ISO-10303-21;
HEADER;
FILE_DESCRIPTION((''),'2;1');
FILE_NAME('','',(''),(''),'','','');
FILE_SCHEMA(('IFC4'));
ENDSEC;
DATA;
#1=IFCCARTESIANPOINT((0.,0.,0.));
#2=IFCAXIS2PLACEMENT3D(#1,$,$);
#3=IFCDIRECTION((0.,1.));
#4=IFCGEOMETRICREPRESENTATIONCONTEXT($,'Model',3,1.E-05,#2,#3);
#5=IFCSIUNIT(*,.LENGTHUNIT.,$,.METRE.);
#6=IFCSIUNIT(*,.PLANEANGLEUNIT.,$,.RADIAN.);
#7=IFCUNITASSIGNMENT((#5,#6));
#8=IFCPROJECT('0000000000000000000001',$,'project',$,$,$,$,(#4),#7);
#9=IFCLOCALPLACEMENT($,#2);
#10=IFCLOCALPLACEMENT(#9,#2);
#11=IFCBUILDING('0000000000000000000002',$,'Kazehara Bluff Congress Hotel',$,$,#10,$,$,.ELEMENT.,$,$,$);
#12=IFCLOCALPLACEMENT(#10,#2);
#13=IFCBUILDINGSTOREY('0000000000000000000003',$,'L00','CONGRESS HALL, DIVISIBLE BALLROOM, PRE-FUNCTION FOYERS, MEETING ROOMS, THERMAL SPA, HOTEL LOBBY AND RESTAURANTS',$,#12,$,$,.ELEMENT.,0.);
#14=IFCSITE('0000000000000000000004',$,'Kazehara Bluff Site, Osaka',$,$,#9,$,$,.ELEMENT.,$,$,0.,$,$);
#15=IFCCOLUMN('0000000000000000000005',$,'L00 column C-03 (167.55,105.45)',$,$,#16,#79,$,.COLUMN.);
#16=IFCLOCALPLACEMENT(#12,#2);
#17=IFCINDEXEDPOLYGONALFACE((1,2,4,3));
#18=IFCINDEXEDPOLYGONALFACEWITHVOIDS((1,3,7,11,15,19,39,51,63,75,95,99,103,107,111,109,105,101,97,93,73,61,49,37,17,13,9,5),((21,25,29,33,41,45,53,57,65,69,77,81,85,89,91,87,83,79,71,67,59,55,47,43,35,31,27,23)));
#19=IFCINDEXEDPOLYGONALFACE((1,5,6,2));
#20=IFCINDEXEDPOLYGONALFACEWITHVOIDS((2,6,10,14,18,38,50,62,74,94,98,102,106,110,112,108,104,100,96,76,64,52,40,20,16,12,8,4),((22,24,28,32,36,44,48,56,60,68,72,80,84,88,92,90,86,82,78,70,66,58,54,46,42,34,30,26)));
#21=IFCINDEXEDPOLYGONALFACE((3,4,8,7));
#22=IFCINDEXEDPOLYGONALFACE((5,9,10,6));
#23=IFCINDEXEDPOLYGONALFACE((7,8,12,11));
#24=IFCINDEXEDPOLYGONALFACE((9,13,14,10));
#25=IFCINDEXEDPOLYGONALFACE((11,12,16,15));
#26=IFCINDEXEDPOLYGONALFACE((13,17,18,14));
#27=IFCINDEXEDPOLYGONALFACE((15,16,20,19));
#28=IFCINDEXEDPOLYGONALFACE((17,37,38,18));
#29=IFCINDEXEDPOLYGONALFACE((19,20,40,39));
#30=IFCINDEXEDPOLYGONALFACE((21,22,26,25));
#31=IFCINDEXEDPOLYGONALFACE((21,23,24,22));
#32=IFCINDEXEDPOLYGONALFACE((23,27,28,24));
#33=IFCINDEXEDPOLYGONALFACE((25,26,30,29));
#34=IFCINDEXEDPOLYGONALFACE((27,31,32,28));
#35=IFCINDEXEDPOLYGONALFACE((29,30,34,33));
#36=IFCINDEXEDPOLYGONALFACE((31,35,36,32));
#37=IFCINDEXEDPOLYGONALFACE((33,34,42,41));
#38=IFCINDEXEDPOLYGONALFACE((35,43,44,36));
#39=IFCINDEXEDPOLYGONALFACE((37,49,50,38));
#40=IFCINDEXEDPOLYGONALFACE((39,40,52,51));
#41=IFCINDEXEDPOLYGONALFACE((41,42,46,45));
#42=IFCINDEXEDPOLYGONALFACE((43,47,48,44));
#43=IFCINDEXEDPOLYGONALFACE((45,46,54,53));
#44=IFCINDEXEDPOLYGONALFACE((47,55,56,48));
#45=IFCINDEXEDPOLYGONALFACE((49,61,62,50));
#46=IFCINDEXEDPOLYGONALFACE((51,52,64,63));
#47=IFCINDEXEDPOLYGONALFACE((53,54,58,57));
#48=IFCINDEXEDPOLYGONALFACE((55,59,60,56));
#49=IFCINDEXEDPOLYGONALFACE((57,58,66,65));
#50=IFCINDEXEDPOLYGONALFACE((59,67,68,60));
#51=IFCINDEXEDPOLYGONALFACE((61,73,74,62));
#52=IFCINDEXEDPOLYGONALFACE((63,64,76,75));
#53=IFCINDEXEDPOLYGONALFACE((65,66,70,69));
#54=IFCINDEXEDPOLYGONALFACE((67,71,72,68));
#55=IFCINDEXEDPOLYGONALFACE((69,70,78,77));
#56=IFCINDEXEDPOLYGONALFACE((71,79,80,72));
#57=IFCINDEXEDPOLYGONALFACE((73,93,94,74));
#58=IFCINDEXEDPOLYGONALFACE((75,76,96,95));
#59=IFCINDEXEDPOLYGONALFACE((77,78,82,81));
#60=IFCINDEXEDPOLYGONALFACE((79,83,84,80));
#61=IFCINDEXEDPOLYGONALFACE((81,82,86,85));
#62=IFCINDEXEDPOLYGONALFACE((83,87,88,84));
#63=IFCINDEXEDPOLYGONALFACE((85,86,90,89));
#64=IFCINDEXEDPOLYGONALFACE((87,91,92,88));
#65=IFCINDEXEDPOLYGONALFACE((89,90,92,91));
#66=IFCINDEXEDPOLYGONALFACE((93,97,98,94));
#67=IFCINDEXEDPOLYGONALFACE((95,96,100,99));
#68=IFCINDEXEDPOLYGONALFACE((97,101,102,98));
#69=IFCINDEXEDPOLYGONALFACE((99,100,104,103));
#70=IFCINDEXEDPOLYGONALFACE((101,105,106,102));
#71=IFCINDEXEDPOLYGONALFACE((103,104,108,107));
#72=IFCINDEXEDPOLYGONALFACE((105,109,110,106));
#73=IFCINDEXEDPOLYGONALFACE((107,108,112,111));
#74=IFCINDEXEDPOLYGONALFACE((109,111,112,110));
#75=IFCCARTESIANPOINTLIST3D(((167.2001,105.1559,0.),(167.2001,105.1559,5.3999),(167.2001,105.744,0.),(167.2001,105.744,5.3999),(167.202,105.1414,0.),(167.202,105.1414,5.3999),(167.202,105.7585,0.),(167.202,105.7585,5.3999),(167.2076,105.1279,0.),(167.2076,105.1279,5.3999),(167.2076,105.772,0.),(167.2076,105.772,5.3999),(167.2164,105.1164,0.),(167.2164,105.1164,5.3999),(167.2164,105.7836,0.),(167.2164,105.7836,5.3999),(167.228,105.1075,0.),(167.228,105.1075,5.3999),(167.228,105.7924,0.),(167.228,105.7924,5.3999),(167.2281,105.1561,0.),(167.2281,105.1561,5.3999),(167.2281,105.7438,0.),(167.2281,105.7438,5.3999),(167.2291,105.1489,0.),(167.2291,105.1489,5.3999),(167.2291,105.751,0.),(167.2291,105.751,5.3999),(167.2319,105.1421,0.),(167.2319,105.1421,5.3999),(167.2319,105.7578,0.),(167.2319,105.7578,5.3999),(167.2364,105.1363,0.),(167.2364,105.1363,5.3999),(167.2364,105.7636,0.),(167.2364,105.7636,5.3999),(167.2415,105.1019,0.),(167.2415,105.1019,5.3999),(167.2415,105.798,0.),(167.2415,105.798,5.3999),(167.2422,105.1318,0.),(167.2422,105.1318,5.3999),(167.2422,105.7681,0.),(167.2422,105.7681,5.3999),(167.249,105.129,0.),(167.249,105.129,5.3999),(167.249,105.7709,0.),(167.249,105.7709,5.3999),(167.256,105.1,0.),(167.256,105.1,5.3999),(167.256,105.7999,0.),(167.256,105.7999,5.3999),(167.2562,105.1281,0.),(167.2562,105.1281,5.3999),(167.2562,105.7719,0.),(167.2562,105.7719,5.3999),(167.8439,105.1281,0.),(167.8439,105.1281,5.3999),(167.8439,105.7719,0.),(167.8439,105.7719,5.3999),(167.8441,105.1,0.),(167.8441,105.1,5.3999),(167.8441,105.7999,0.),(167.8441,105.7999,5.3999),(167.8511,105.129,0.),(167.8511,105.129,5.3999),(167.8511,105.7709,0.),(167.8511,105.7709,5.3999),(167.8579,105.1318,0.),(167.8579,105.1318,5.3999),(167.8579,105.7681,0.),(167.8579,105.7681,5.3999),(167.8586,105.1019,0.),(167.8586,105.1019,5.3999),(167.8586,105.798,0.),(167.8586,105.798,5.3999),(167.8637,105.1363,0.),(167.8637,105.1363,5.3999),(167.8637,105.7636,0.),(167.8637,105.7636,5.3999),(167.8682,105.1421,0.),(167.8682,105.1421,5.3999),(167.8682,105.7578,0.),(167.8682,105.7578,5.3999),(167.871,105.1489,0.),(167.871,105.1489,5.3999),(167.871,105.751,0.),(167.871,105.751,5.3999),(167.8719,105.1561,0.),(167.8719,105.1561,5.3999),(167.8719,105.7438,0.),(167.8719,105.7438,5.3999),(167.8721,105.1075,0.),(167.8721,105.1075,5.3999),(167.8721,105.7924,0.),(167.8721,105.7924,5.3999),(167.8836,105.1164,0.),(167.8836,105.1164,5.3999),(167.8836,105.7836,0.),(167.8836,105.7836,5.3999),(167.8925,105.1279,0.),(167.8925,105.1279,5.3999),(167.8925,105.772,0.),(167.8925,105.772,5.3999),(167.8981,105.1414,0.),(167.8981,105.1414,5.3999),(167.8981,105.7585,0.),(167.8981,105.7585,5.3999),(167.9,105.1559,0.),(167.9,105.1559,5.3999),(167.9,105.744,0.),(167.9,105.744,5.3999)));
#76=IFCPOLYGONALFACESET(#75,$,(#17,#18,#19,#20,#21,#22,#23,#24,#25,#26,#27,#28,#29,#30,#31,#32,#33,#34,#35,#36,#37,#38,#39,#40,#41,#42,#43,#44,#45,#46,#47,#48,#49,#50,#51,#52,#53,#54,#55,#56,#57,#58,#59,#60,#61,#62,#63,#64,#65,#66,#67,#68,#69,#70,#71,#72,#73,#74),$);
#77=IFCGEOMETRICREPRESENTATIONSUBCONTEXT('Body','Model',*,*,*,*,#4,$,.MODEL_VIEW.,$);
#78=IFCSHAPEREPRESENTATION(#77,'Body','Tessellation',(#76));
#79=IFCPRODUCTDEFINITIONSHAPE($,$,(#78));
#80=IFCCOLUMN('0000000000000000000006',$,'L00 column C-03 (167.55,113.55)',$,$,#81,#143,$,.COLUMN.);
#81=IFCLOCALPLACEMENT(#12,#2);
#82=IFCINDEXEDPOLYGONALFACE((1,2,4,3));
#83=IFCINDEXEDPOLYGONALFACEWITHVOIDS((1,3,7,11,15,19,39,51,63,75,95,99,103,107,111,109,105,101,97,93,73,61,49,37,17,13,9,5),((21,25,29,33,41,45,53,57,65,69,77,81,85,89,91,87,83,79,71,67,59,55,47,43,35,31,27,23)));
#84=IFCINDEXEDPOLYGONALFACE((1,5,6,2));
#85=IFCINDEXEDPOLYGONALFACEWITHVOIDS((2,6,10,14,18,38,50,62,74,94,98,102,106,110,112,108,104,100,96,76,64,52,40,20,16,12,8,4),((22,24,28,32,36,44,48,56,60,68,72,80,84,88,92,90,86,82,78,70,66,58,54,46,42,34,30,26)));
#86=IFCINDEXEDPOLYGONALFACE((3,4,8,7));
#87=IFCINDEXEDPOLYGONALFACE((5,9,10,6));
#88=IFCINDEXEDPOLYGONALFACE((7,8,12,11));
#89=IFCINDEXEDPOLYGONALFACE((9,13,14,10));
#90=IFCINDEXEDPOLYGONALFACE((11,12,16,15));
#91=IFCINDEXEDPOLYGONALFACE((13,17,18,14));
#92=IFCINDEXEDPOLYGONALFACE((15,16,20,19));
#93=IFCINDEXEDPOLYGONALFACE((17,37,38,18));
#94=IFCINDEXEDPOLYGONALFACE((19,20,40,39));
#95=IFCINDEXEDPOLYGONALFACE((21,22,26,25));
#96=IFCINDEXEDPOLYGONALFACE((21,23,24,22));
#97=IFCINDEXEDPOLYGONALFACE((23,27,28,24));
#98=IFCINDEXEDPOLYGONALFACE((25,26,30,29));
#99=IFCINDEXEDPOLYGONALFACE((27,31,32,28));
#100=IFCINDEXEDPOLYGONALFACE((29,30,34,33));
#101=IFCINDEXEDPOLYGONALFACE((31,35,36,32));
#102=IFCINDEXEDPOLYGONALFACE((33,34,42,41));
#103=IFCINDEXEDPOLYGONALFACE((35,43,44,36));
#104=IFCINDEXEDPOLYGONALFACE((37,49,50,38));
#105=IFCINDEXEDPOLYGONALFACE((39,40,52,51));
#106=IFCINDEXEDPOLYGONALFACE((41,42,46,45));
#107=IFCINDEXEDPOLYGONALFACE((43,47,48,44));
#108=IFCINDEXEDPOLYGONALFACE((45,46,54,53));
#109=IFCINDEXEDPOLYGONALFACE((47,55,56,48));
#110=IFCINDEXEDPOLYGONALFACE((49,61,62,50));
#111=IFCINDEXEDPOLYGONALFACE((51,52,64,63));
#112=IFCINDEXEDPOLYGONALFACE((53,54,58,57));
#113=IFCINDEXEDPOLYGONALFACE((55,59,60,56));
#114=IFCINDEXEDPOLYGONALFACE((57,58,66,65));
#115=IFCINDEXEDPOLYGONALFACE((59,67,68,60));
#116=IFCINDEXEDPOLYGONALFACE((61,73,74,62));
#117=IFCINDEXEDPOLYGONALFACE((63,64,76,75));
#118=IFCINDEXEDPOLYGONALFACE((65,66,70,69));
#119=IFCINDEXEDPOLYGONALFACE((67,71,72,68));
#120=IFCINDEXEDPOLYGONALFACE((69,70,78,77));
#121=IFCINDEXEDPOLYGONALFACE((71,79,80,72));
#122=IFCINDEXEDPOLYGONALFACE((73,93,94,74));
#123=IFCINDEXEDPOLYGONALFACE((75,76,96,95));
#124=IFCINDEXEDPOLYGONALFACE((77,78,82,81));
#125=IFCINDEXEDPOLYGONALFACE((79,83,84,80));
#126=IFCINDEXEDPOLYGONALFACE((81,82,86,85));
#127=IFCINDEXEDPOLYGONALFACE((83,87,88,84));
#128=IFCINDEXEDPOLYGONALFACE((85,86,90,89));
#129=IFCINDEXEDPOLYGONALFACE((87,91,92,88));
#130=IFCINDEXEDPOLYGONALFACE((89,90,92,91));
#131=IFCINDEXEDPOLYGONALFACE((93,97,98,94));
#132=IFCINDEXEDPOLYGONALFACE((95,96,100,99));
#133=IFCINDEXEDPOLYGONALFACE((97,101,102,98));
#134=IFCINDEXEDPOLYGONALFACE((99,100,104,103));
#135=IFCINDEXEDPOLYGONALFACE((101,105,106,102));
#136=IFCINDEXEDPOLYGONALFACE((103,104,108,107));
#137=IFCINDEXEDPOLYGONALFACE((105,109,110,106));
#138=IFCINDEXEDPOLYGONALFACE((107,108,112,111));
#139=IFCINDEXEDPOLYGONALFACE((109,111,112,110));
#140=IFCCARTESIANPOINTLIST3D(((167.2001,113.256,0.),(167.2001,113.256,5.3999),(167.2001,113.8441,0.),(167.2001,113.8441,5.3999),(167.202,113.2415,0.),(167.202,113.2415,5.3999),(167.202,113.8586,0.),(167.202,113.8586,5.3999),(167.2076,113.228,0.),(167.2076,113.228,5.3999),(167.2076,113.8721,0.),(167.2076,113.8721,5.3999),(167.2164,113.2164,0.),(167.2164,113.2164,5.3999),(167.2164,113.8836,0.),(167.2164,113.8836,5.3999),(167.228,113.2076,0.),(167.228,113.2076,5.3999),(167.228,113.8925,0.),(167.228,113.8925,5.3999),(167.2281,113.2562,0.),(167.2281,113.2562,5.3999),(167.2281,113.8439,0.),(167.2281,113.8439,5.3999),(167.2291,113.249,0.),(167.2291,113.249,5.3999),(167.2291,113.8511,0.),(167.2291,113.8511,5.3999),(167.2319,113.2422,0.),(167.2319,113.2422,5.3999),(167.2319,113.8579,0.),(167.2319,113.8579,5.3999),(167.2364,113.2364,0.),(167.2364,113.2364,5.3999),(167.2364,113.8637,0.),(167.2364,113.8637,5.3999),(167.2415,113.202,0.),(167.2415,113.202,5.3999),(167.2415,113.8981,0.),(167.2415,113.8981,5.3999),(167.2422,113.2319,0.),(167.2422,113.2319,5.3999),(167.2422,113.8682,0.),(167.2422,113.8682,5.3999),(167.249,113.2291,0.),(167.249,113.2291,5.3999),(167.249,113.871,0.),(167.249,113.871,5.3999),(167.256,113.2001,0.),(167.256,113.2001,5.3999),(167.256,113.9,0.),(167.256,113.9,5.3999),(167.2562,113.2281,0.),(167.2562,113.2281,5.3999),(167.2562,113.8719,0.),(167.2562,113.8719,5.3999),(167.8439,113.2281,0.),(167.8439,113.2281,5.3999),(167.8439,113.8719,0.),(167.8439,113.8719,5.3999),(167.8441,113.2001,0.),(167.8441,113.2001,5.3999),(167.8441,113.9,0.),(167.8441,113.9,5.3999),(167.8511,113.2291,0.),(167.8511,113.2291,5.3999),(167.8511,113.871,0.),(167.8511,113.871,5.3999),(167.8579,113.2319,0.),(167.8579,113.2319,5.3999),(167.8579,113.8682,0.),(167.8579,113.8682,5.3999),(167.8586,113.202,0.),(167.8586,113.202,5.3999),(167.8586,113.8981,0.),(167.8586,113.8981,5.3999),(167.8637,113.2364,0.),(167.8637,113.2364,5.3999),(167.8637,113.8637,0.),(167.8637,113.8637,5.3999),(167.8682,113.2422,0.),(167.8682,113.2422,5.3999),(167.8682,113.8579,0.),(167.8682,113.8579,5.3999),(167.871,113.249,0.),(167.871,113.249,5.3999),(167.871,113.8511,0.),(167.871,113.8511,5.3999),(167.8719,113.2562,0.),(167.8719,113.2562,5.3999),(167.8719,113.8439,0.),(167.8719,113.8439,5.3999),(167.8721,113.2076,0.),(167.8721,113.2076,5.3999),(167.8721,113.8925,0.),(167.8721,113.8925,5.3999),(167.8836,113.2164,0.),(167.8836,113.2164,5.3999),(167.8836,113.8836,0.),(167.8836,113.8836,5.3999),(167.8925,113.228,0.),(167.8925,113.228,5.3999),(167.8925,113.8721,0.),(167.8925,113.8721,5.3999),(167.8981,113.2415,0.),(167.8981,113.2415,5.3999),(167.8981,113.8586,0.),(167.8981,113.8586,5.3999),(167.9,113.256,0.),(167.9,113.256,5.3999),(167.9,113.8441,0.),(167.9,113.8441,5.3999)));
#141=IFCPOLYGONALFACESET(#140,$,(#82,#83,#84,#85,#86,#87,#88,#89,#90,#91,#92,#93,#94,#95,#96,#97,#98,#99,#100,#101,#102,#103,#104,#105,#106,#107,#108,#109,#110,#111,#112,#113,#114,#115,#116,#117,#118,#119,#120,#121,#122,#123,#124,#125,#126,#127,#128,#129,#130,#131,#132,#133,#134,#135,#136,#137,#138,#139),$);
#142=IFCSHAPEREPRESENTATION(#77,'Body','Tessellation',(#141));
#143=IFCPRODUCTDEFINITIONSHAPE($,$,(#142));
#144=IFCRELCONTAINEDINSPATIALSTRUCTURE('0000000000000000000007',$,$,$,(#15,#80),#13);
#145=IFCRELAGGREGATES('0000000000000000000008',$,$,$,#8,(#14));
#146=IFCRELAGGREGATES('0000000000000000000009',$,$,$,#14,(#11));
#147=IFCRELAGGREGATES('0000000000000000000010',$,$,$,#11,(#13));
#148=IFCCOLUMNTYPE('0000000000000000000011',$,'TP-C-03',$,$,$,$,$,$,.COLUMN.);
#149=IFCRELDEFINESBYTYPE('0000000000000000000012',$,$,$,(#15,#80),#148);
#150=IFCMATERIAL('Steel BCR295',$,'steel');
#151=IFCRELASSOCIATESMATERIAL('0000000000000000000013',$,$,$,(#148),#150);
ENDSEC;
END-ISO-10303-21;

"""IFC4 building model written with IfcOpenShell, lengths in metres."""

from ifc_helpers import new_model, si_unit, direction, frame, origin, origin_2d, place, context, subcontext, project, spatial, hollow_rectangle, extrude, material, material_profile, profile_set, type_object, element, save


model = new_model("IFC4")

# Units and contexts
model_context = context("Model", 3, precision=1e-05, world=origin(), true_north=direction((0.0, 1.0)))
body_context = subcontext(model_context, "Body", "Model", "MODEL_VIEW")
ifc_project = project(units=[si_unit("LENGTHUNIT", "METRE"), si_unit("PLANEANGLEUNIT", "RADIAN")], contexts=[model_context])

# Site, building, storey
site_placement = place(None, origin())
site = spatial("IfcSite", under=ifc_project, at=site_placement, Name="Kazehara Bluff Site, Osaka", CompositionType="ELEMENT", RefElevation=0.0)
building_placement = place(site_placement, origin())
building = spatial("IfcBuilding", under=site, at=building_placement, Name="Kazehara Bluff Congress Hotel", CompositionType="ELEMENT")
storey_placement = place(building_placement, origin())
storey = spatial("IfcBuildingStorey", under=building, at=storey_placement, Name="L00", Description="CONGRESS HALL, DIVISIBLE BALLROOM, PRE-FUNCTION FOYERS, MEETING ROOMS, THERMAL SPA, HOTEL LOBBY AND RESTAURANTS", CompositionType="ELEMENT", Elevation=0.0)

# Columns
ifc_material_1 = material(Name="Steel BCR295", Category="steel")
ifc_material_profile_1 = material_profile(ifc_material_1, hollow_rectangle(XDim=0.7, YDim=0.7, WallThickness=0.0281, InnerFilletRadius=0.0281, OuterFilletRadius=0.0559, at=origin_2d()))
ifc_profile_set_1 = profile_set([ifc_material_profile_1], Name="Steel BCR295")
column_type_1 = type_object("IfcColumnType", Name="TP-C-03", PredefinedType="COLUMN", material=ifc_profile_set_1)
for number, where, z_axis, x_axis, name in (
    (1, (167.55, 105.45, 0.0), (0.0, 0.0, 1.0), (1.0, 0.0, 0.0), "L00 column C-03 (167.55,105.45)"),
    (2, (167.55, 113.55, 0.0), (0.0, 0.0, 1.0), (1.0, 0.0, 0.0), "L00 column C-03 (167.55,113.55)"),
):
    element("IfcColumn", number, at=place(storey_placement, frame(where, z_axis=z_axis, x_axis=x_axis)), inside=storey, type_object=column_type_1, Name=name, PredefinedType="COLUMN", context=body_context, shape_type="SweptSolid", body=[
        extrude(hollow_rectangle(XDim=0.7, YDim=0.7, WallThickness=0.0281, InnerFilletRadius=0.0281, OuterFilletRadius=0.0559, at=origin_2d()), origin(), (0.0, 0.0, 1.0), 5.3999),
    ])

save(model, "model.ifc")
